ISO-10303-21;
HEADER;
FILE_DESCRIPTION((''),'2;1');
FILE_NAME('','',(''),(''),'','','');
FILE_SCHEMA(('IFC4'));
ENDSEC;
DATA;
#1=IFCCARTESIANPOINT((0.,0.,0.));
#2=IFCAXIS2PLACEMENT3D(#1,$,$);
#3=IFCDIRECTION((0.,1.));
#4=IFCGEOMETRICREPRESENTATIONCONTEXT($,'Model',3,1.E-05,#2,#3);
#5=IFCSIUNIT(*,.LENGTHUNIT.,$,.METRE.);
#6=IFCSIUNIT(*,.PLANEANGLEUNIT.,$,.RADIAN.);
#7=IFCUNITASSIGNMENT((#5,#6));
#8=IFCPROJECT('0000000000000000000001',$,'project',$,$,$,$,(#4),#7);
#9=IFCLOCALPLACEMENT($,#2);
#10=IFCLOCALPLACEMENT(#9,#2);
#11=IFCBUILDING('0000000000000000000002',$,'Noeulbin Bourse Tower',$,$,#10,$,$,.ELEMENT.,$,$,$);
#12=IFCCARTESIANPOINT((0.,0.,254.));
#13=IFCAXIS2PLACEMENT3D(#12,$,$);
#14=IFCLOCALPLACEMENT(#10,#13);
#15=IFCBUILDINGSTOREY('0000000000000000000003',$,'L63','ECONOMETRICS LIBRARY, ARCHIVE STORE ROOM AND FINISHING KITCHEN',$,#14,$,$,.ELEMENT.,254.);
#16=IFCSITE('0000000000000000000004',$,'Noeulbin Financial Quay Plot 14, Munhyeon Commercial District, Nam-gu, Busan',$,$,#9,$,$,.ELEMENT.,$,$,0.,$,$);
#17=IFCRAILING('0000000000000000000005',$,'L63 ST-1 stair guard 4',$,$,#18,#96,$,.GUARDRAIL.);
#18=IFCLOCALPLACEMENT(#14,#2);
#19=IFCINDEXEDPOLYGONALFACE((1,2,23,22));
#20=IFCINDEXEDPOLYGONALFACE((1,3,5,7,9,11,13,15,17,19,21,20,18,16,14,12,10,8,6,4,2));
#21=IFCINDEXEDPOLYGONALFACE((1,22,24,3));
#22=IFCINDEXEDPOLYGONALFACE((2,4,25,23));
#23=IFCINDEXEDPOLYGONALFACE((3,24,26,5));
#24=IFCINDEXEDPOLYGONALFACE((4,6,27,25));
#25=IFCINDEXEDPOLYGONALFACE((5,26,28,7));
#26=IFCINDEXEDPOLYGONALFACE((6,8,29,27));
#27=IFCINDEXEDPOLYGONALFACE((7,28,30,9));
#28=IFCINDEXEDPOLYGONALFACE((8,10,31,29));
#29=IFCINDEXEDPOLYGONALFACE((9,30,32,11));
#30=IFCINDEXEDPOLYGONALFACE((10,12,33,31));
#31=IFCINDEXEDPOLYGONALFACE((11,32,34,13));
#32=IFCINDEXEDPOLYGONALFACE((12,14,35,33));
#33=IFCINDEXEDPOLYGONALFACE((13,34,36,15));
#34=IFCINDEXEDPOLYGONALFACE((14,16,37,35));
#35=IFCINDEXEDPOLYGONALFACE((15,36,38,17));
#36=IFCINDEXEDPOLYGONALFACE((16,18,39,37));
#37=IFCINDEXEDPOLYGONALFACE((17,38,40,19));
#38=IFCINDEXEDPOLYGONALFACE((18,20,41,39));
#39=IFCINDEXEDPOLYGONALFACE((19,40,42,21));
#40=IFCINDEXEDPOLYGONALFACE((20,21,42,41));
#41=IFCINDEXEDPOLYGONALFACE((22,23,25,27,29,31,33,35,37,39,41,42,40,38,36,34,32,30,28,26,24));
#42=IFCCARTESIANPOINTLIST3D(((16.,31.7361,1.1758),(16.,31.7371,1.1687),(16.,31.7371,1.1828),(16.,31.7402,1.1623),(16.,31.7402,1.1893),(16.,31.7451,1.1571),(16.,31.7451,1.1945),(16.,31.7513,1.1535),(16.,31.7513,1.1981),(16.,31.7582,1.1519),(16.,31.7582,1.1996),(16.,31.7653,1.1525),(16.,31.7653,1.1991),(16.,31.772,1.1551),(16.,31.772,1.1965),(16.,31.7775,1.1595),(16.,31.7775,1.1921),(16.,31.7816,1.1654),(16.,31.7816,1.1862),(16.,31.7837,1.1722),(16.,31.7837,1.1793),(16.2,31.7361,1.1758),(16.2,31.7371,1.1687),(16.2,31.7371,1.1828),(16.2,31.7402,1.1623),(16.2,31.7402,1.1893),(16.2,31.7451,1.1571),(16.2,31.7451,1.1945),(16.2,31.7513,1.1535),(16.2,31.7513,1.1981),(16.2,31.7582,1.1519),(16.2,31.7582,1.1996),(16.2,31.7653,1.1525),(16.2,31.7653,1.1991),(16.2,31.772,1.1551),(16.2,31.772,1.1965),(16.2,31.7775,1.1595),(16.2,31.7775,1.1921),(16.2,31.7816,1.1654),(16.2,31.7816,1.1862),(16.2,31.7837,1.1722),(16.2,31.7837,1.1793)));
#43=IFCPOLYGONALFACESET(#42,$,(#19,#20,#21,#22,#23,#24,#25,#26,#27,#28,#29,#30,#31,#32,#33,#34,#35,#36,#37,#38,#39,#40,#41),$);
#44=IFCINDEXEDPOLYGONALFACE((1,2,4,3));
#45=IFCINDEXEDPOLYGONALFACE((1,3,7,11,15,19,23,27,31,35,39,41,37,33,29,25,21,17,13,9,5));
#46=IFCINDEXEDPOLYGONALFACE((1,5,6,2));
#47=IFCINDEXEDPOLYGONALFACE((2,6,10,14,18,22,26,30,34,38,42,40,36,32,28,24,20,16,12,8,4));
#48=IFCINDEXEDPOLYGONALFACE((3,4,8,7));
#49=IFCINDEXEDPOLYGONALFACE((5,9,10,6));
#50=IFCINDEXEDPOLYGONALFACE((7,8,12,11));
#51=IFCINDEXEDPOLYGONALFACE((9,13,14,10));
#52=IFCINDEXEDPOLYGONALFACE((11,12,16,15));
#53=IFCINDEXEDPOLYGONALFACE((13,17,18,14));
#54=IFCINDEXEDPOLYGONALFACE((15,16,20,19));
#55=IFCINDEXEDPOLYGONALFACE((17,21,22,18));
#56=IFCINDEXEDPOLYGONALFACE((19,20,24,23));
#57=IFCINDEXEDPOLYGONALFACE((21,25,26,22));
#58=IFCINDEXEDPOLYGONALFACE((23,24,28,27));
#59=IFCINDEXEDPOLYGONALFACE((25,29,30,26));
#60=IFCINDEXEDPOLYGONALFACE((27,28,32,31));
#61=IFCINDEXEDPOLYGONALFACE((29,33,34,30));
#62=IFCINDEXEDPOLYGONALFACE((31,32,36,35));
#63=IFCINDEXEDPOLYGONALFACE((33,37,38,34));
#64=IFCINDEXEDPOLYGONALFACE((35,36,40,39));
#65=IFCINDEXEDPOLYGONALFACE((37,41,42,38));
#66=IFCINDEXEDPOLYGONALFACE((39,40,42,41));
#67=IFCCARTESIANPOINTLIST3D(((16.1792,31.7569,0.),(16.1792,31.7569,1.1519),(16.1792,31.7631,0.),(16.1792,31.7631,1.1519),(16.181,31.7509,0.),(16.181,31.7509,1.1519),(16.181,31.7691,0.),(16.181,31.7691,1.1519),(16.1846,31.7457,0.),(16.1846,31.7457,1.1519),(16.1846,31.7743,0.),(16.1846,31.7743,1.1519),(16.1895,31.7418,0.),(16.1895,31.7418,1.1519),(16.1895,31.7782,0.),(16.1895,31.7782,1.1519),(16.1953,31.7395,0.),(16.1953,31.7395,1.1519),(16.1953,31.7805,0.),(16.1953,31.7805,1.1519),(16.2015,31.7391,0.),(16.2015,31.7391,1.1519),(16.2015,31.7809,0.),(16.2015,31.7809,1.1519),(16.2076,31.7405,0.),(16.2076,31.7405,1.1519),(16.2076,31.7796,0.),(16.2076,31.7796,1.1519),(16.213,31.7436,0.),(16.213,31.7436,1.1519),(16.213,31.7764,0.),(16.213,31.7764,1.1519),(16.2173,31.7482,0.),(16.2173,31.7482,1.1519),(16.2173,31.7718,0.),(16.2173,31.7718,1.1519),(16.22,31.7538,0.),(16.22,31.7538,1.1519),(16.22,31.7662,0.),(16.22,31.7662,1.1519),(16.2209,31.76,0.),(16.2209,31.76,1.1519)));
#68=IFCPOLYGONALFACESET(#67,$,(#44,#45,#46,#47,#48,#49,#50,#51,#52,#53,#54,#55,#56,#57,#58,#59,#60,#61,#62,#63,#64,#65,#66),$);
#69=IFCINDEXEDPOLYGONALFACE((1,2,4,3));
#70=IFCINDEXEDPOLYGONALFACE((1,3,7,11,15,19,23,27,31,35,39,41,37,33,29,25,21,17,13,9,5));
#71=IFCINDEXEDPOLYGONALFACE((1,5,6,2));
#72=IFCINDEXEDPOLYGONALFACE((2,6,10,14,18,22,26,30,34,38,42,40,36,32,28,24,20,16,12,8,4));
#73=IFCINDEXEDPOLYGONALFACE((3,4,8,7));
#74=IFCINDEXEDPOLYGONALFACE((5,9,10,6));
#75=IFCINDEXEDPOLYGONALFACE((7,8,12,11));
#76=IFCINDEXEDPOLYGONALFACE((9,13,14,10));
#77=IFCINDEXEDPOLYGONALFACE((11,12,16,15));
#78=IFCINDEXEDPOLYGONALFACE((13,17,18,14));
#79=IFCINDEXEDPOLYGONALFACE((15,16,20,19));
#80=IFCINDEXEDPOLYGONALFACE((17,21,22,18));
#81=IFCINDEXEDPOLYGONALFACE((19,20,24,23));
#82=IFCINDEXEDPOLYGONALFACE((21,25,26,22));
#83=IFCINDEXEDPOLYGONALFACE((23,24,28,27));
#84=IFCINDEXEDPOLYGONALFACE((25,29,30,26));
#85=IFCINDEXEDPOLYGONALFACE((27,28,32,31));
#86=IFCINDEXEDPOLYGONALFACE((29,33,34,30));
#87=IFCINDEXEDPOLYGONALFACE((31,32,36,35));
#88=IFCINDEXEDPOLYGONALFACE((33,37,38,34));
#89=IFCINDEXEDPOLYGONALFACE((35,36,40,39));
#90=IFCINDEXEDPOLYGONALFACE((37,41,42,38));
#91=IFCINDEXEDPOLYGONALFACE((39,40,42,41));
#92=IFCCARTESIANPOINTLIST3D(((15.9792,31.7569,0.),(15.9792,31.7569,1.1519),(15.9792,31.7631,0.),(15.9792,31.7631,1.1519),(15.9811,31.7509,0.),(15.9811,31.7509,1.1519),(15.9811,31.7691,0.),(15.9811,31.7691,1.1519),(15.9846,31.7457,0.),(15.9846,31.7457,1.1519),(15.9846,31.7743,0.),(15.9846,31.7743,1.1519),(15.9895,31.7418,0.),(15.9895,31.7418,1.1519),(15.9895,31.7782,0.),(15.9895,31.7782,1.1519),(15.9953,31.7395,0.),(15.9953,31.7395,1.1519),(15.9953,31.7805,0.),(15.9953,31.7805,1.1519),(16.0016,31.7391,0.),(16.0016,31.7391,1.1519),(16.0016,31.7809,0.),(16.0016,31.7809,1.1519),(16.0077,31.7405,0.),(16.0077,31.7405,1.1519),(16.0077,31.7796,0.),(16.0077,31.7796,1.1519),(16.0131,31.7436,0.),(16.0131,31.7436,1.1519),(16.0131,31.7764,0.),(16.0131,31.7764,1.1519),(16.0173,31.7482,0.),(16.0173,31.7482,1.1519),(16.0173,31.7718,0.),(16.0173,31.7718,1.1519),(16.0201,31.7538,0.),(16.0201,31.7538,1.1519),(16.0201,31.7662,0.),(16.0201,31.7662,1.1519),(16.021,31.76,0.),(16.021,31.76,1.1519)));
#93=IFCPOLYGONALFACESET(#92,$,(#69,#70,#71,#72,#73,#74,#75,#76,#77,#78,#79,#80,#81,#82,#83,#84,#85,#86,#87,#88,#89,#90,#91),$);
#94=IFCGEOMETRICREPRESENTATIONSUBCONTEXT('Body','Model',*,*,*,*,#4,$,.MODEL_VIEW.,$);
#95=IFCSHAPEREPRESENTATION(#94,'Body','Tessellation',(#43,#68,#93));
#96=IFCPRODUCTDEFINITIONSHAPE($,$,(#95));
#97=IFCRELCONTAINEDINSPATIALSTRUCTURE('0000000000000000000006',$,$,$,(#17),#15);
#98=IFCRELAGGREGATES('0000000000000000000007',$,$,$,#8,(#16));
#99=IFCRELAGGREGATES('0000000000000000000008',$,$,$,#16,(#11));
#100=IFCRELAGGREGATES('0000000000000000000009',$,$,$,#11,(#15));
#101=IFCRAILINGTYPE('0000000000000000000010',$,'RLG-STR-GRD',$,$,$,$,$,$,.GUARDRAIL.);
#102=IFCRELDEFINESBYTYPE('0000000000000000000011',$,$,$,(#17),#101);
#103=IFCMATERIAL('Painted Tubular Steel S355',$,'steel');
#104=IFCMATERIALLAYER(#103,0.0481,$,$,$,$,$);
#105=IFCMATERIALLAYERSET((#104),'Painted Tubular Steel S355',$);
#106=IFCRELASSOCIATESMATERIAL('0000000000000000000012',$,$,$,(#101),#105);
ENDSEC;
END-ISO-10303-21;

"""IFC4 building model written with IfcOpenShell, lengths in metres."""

from ifc_helpers import new_model, si_unit, direction, frame, origin, origin_2d, place, context, subcontext, project, spatial, circle, extrude, material, layer, layer_set, type_object, element, save


model = new_model("IFC4")

# Units and contexts
model_context = context("Model", 3, precision=1e-05, world=origin(), true_north=direction((0.0, 1.0)))
body_context = subcontext(model_context, "Body", "Model", "MODEL_VIEW")
ifc_project = project(units=[si_unit("LENGTHUNIT", "METRE"), si_unit("PLANEANGLEUNIT", "RADIAN")], contexts=[model_context])

# Site, building, storey
site_placement = place(None, origin())
site = spatial("IfcSite", under=ifc_project, at=site_placement, Name="Noeulbin Financial Quay Plot 14, Munhyeon Commercial District, Nam-gu, Busan", CompositionType="ELEMENT", RefElevation=0.0)
building_placement = place(site_placement, origin())
building = spatial("IfcBuilding", under=site, at=building_placement, Name="Noeulbin Bourse Tower", CompositionType="ELEMENT")
storey_placement = place(building_placement, frame((0.0, 0.0, 254.0)))
storey = spatial("IfcBuildingStorey", under=building, at=storey_placement, Name="L63", Description="ECONOMETRICS LIBRARY, ARCHIVE STORE ROOM AND FINISHING KITCHEN", CompositionType="ELEMENT", Elevation=254.0)

# Railing
ifc_material_1 = material(Name="Painted Tubular Steel S355", Category="steel")
ifc_layer_1 = layer(ifc_material_1, 0.0481)
ifc_layer_set_1 = layer_set([ifc_layer_1], Name="Painted Tubular Steel S355")
railing_type_1 = type_object("IfcRailingType", Name="RLG-STR-GRD", PredefinedType="GUARDRAIL", material=ifc_layer_set_1)
railing_1_placement = place(storey_placement, frame((16.2, 31.76, 0.0)))
element("IfcRailing", 1, at=railing_1_placement, inside=storey, type_object=railing_type_1, Name="L63 ST-1 stair guard 4", PredefinedType="GUARDRAIL", context=body_context, shape_type="SweptSolid", body=[
    extrude(circle(Radius=0.0239, at=origin_2d()), frame((0.0, 0.0, 1.1758), z_axis=(-1.0, 0.0, 0.0), x_axis=(0.0, -1.0, 0.0)), (0.0, 0.0, 1.0), 0.2),
    extrude(circle(Radius=0.021, at=origin_2d()), origin(), (0.0, 0.0, 1.0), 1.1519),
    extrude(circle(Radius=0.021, at=origin_2d()), frame((-0.2, 0.0, 0.0)), (0.0, 0.0, 1.0), 1.1519),
])

save(model, "model.ifc")
